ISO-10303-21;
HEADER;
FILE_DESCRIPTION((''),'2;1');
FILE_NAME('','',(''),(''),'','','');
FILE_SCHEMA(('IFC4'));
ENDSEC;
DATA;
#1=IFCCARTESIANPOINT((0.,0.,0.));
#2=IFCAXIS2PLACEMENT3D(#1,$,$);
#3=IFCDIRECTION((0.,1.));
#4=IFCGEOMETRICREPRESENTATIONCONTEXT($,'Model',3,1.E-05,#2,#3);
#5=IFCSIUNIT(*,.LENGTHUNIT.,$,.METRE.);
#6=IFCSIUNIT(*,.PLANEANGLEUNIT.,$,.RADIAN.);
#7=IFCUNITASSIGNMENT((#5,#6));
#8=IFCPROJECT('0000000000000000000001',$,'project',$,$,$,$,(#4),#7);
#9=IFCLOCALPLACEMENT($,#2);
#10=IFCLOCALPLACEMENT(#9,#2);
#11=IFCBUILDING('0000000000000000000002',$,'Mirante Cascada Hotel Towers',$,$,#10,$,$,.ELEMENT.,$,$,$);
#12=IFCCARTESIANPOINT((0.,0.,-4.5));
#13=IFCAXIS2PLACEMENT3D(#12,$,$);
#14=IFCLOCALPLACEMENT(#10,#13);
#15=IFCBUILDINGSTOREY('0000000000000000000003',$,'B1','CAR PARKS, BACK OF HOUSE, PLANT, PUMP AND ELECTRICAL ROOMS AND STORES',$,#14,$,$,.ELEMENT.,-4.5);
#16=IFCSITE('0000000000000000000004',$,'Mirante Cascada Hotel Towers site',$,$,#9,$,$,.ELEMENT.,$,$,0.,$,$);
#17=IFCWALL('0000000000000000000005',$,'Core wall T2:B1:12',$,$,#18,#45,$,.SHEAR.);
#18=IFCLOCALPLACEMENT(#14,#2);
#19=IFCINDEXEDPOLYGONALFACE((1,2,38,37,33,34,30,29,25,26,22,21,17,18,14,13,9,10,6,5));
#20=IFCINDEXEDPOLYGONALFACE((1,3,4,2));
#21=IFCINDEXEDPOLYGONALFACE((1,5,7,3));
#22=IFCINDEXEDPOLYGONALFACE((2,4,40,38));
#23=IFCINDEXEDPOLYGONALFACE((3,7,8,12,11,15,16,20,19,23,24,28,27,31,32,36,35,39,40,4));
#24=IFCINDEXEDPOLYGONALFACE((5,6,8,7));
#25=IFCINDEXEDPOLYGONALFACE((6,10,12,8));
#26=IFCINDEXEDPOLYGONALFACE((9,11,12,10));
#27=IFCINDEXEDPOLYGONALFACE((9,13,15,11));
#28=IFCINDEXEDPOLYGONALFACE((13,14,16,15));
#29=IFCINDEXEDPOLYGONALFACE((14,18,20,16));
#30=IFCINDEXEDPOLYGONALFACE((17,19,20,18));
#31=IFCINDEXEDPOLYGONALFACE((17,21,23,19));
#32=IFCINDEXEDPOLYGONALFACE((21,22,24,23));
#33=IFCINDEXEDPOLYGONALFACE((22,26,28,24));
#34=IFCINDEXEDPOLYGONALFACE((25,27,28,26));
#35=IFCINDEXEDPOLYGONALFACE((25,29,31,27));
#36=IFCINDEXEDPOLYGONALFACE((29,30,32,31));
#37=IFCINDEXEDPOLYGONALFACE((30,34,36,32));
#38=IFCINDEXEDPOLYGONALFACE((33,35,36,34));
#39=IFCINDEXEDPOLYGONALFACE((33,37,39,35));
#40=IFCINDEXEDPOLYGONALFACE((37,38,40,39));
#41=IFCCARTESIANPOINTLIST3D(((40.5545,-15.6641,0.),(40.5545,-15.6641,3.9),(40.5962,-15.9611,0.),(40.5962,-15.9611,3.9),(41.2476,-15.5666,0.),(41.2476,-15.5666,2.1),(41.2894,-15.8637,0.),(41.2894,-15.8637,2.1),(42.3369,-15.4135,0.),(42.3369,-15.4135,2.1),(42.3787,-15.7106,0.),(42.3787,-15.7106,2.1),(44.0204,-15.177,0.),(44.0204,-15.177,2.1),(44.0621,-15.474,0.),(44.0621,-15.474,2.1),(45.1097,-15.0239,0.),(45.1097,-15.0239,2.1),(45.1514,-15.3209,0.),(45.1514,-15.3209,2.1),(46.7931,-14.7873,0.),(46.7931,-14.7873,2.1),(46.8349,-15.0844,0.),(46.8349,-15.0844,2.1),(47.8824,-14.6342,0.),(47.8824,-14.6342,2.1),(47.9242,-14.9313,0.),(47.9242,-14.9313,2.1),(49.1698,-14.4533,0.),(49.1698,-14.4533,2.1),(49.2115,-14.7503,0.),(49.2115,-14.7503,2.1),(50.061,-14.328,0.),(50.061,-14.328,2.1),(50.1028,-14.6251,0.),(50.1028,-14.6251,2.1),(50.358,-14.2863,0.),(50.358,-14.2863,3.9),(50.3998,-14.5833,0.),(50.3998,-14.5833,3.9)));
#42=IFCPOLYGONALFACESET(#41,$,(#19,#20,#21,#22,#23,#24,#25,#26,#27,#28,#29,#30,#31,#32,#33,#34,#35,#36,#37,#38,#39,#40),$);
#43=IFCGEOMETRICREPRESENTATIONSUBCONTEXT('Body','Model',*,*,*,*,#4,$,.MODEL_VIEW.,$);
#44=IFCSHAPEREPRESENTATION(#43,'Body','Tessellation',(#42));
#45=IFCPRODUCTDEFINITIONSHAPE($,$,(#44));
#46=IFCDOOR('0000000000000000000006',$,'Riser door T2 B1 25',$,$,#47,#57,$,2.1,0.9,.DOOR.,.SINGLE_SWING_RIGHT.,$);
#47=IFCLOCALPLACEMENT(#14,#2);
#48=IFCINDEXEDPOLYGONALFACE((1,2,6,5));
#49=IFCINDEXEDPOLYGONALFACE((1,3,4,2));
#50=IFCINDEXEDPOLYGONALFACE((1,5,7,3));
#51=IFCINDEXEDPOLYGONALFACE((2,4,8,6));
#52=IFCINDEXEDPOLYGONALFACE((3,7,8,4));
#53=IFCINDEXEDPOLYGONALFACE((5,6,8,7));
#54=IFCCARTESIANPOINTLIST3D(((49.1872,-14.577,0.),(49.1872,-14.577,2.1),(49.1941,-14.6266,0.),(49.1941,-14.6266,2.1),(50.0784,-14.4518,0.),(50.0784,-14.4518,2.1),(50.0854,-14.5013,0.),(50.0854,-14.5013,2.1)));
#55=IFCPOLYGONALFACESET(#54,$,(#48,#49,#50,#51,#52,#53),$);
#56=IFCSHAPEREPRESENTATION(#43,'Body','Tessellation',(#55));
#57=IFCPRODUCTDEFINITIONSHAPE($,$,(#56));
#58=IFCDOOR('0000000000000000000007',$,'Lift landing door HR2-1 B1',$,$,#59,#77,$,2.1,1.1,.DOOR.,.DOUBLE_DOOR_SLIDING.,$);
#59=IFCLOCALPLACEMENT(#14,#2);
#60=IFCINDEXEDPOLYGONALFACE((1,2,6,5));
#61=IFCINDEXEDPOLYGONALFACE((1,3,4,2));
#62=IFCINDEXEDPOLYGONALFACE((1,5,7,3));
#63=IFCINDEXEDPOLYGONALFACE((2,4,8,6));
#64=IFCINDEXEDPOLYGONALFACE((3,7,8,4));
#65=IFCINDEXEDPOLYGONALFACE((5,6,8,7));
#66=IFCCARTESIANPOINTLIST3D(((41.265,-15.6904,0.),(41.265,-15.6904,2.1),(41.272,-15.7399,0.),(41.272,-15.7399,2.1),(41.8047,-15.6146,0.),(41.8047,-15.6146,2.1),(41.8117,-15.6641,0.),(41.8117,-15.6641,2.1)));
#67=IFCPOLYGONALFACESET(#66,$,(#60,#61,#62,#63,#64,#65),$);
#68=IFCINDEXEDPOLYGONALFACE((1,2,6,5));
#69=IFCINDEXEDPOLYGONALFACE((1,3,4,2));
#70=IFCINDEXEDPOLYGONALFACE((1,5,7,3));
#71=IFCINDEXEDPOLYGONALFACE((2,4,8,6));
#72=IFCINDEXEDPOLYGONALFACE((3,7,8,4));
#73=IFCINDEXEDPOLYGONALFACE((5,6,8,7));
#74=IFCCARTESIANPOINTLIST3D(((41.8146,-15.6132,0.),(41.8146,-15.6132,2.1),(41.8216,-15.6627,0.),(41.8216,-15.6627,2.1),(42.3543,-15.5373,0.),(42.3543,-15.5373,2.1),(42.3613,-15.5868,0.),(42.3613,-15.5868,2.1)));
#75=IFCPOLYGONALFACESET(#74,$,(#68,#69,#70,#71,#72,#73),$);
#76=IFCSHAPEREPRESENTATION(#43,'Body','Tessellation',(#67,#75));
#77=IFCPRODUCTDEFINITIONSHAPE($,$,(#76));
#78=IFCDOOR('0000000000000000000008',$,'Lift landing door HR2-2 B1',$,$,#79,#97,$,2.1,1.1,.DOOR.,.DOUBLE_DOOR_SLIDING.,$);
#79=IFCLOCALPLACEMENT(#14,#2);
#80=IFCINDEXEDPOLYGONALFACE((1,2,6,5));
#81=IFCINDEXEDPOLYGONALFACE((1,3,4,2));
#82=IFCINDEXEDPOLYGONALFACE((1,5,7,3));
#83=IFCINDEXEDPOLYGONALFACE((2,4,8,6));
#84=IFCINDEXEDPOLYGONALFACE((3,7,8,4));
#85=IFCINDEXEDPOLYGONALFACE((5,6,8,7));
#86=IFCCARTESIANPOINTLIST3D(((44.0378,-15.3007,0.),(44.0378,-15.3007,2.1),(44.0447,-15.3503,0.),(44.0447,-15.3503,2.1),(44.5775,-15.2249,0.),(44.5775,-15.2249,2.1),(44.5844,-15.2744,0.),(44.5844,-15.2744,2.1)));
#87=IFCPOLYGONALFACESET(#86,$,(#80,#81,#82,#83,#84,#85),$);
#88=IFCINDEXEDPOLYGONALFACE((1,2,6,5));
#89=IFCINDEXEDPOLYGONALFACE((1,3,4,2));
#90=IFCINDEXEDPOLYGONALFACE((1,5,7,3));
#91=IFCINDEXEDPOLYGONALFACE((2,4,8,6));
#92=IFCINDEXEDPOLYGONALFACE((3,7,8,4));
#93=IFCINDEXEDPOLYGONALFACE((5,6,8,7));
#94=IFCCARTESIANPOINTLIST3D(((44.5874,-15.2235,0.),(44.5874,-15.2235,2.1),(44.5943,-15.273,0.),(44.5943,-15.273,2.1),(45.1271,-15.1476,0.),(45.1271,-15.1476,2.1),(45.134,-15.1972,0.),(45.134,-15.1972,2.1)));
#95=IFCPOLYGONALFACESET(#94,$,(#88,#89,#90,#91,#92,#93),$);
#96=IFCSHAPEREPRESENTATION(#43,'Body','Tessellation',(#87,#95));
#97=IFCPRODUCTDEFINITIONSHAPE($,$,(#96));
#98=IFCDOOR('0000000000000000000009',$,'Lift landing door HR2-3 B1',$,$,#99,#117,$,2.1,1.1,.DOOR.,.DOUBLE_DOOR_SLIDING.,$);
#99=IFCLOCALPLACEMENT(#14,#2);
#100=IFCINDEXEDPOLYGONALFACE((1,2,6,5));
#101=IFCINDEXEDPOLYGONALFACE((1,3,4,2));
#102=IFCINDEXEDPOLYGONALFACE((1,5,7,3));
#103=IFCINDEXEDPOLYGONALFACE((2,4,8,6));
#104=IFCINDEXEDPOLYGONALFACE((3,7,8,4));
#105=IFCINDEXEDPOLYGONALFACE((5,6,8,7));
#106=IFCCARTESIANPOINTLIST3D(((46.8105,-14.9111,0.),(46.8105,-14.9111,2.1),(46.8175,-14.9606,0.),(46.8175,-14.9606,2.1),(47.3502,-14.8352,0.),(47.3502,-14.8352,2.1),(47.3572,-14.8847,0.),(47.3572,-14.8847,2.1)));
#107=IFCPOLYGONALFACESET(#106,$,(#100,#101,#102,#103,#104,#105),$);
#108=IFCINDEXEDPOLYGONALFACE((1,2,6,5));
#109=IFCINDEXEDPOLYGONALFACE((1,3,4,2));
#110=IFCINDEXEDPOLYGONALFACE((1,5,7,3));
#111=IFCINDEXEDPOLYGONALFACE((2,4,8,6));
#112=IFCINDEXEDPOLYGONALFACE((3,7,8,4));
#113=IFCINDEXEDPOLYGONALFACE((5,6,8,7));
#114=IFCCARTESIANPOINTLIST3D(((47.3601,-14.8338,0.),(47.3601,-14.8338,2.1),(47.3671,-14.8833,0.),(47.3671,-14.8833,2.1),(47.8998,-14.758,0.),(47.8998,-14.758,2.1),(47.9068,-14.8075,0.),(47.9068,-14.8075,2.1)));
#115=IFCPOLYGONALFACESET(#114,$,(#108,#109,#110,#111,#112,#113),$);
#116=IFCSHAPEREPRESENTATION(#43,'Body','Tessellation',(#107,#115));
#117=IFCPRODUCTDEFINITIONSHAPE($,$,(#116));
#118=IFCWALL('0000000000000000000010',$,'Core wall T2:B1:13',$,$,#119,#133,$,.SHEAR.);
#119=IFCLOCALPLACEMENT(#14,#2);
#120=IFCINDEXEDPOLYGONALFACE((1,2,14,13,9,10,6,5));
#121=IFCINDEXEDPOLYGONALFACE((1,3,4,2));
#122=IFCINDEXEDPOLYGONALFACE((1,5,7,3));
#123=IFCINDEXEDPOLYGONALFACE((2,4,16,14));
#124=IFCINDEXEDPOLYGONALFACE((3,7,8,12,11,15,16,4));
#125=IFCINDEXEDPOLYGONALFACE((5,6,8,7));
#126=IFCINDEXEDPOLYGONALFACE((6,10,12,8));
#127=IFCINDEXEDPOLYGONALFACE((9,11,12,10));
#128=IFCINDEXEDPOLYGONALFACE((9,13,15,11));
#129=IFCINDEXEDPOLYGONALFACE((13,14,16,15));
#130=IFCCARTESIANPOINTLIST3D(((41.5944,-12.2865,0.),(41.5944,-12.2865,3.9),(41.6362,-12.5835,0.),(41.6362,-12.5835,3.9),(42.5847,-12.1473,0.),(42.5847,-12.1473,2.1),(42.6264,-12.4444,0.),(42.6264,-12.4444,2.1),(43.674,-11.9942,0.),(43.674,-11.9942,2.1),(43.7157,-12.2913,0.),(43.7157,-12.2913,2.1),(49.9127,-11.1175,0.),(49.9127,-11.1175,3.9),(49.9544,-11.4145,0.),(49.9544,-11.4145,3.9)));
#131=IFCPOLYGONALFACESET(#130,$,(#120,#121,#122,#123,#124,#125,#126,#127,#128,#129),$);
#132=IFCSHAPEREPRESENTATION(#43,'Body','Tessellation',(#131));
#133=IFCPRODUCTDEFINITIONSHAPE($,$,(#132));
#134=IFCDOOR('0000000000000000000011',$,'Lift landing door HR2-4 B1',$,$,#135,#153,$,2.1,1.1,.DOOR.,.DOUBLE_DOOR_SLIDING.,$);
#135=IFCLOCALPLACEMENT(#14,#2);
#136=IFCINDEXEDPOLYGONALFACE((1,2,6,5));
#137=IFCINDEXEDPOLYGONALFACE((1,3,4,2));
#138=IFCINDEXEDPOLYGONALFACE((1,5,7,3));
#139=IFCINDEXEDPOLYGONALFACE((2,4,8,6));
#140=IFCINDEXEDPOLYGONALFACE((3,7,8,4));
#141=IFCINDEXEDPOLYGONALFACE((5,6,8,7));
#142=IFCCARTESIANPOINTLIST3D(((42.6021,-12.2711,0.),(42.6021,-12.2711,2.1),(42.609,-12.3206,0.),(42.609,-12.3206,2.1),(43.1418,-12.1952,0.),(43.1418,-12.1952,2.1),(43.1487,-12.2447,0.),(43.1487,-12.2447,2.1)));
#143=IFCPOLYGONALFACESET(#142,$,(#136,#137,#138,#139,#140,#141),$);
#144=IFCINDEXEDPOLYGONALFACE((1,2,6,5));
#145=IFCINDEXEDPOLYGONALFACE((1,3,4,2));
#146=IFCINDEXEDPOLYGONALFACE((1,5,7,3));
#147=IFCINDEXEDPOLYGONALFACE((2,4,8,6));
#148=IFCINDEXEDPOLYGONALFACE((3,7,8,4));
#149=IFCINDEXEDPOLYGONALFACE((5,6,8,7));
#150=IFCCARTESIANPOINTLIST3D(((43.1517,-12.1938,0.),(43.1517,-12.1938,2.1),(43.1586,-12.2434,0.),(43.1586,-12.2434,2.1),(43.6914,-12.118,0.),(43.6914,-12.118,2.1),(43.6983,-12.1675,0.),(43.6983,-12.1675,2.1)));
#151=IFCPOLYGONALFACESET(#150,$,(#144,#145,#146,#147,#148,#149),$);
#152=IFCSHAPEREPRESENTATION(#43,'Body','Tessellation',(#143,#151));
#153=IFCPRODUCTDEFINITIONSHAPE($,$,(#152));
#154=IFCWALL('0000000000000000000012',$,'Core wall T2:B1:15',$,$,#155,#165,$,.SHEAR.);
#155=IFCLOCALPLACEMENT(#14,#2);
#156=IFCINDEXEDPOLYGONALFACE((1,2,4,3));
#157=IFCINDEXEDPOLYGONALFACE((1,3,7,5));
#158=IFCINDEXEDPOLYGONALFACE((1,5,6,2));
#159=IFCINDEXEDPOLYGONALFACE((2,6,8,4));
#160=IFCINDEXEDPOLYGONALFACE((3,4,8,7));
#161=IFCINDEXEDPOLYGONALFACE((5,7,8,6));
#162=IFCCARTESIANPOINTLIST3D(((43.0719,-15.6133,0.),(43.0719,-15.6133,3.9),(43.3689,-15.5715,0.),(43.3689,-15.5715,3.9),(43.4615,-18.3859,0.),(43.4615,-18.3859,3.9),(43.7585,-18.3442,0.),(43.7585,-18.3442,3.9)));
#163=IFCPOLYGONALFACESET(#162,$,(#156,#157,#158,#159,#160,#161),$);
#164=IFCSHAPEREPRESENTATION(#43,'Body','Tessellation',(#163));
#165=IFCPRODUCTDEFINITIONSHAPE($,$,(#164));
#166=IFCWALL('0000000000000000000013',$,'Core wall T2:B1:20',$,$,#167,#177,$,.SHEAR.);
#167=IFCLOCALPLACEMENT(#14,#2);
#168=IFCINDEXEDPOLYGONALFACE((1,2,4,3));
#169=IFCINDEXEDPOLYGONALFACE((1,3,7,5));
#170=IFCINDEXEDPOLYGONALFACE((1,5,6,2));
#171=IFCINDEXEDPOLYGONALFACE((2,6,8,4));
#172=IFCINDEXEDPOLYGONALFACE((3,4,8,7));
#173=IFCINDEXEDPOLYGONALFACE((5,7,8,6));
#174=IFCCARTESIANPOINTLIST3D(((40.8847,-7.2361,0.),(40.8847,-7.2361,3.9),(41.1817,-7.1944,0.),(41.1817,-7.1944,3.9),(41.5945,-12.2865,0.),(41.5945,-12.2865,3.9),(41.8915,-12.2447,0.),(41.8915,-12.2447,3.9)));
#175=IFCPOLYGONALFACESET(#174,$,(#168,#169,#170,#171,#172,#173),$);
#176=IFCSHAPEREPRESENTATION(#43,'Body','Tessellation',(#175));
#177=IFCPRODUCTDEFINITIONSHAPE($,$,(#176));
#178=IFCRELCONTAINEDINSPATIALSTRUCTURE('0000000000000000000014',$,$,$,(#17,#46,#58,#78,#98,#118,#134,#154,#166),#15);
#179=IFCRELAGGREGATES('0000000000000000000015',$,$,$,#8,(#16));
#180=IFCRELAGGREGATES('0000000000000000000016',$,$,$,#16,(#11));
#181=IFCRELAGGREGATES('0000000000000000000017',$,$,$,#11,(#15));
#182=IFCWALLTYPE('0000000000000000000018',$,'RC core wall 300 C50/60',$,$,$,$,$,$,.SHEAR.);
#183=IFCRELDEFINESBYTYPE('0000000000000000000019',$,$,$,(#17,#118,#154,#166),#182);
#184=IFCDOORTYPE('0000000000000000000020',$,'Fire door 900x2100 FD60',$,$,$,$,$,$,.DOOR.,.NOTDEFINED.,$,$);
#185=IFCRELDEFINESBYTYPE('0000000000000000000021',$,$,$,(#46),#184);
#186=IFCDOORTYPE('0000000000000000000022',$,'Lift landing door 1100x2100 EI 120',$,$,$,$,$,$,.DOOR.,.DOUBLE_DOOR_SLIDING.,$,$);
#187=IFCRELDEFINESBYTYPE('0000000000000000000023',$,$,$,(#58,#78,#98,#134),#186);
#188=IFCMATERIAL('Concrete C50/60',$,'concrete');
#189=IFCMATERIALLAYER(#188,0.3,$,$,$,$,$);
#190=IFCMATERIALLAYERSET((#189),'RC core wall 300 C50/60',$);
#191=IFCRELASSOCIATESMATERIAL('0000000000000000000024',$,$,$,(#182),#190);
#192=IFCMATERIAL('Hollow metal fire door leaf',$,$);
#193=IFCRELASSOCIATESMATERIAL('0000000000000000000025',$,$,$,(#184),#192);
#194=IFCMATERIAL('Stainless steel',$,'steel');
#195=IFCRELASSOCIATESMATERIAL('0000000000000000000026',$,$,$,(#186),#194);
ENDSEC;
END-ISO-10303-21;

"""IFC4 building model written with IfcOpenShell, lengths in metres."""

from ifc_helpers import new_model, si_unit, direction, frame, frame_2d, origin, place, context, subcontext, project, spatial, rectangle, extrude, material, layer, layer_set, type_object, element, fill, save


model = new_model("IFC4")

# Units and contexts
model_context = context("Model", 3, precision=1e-05, world=origin(), true_north=direction((0.0, 1.0)))
body_context = subcontext(model_context, "Body", "Model", "MODEL_VIEW")
ifc_project = project(units=[si_unit("LENGTHUNIT", "METRE"), si_unit("PLANEANGLEUNIT", "RADIAN")], contexts=[model_context])

# Site, building, storey
site_placement = place(None, origin())
site = spatial("IfcSite", under=ifc_project, at=site_placement, Name="Mirante Cascada Hotel Towers site", CompositionType="ELEMENT", RefElevation=0.0)
building_placement = place(site_placement, origin())
building = spatial("IfcBuilding", under=site, at=building_placement, Name="Mirante Cascada Hotel Towers", CompositionType="ELEMENT")
storey_placement = place(building_placement, frame((0.0, 0.0, -4.5)))
storey = spatial("IfcBuildingStorey", under=building, at=storey_placement, Name="B1", Description="CAR PARKS, BACK OF HOUSE, PLANT, PUMP AND ELECTRICAL ROOMS AND STORES", CompositionType="ELEMENT", Elevation=-4.5)

# Shared definitions
ifc_material_1 = material(Name="Concrete C50/60", Category="concrete")
ifc_layer_1 = layer(ifc_material_1, 0.3)
ifc_layer_set_1 = layer_set([ifc_layer_1], Name="RC core wall 300 C50/60")
wall_type_1 = type_object("IfcWallType", Name="RC core wall 300 C50/60", PredefinedType="SHEAR", material=ifc_layer_set_1)

# Wall, openings, doors
wall_1_placement = place(storey_placement, frame((40.5753, -15.8126, 0.0), z_axis=(0.0, 0.0, 1.0), x_axis=(0.990268, 0.139173, 0.0)))
wall_1 = element("IfcWall", 1, at=wall_1_placement, inside=storey, type_object=wall_type_1, Name="Core wall T2:B1:12", PredefinedType="SHEAR", context=body_context, shape_type="SweptSolid", body=[
    extrude(rectangle(XDim=9.8999, YDim=0.3, at=frame_2d((4.95, 0.0))), origin(), (0.0, 0.0, 1.0), 3.9),
])
opening_1_placement = place(wall_1_placement, frame((0.7, 0.0, 0.0)))
opening_1 = element("IfcOpeningElement", 2, at=opening_1_placement, cuts=wall_1, PredefinedType="OPENING", context=body_context, shape_type="SweptSolid", body=[
    extrude(rectangle(XDim=1.1, YDim=2.1, at=frame_2d((0.55, 1.05))), frame((0.0, 0.15, 0.0), z_axis=(0.0, -1.0, 0.0), x_axis=(1.0, 0.0, 0.0)), (0.0, 0.0, 1.0), 0.3),
])
opening_2_placement = place(wall_1_placement, frame((3.5, 0.0, 0.0)))
opening_2 = element("IfcOpeningElement", 3, at=opening_2_placement, cuts=wall_1, PredefinedType="OPENING", context=body_context, shape_type="SweptSolid", body=[
    extrude(rectangle(XDim=1.1, YDim=2.1, at=frame_2d((0.55, 1.05))), frame((0.0, 0.15, 0.0), z_axis=(0.0, -1.0, 0.0), x_axis=(1.0, 0.0, 0.0)), (0.0, 0.0, 1.0), 0.3),
])
opening_3_placement = place(wall_1_placement, frame((6.3, 0.0, 0.0)))
opening_3 = element("IfcOpeningElement", 4, at=opening_3_placement, cuts=wall_1, PredefinedType="OPENING", context=body_context, shape_type="SweptSolid", body=[
    extrude(rectangle(XDim=1.1, YDim=2.1, at=frame_2d((0.55, 1.05))), frame((0.0, 0.15, 0.0), z_axis=(0.0, -1.0, 0.0), x_axis=(1.0, 0.0, 0.0)), (0.0, 0.0, 1.0), 0.3),
])
opening_4_placement = place(wall_1_placement, frame((8.7, 0.0, 0.0)))
opening_4 = element("IfcOpeningElement", 5, at=opening_4_placement, cuts=wall_1, PredefinedType="OPENING", context=body_context, shape_type="SweptSolid", body=[
    extrude(rectangle(XDim=0.9, YDim=2.1, at=frame_2d((0.45, 1.05))), frame((0.0, 0.15, 0.0), z_axis=(0.0, -1.0, 0.0), x_axis=(1.0, 0.0, 0.0)), (0.0, 0.0, 1.0), 0.3),
])
ifc_material_2 = material(Name="Hollow metal fire door leaf")
door_type_1 = type_object("IfcDoorType", Name="Fire door 900x2100 FD60", OperationType="NOTDEFINED", PredefinedType="DOOR", material=ifc_material_2)
door_1_placement = place(opening_4_placement, frame((0.9, 0.0, 0.0), z_axis=(0.0, 0.0, 1.0), x_axis=(-1.0, 0.0, 0.0)))
door_1 = element("IfcDoor", 6, at=door_1_placement, inside=storey, type_object=door_type_1, Name="Riser door T2 B1 25", OperationType="SINGLE_SWING_RIGHT", OverallHeight=2.1, OverallWidth=0.9, PredefinedType="DOOR", context=body_context, shape_type="SweptSolid", body=[
    extrude(rectangle(XDim=0.9, YDim=2.1, at=frame_2d((0.45, 1.05))), frame((0.0, 0.025, 0.0), z_axis=(0.0, -1.0, 0.0), x_axis=(1.0, 0.0, 0.0)), (0.0, 0.0, 1.0), 0.05),
])
fill(opening_4, door_1)
ifc_material_3 = material(Name="Stainless steel", Category="steel")
door_type_2 = type_object("IfcDoorType", Name="Lift landing door 1100x2100 EI 120", OperationType="DOUBLE_DOOR_SLIDING", PredefinedType="DOOR", material=ifc_material_3)
door_2_placement = place(opening_1_placement, origin())
door_2 = element("IfcDoor", 7, at=door_2_placement, inside=storey, type_object=door_type_2, Name="Lift landing door HR2-1 B1", OperationType="DOUBLE_DOOR_SLIDING", OverallHeight=2.1, OverallWidth=1.1, PredefinedType="DOOR", context=body_context, shape_type="SweptSolid", body=[
    extrude(rectangle(XDim=0.545, YDim=2.1, at=frame_2d((0.2725, 1.05))), frame((0.0, 0.025, 0.0), z_axis=(0.0, -1.0, 0.0), x_axis=(1.0, 0.0, 0.0)), (0.0, 0.0, 1.0), 0.05),
    extrude(rectangle(XDim=0.545, YDim=2.1, at=frame_2d((0.8275, 1.05))), frame((0.0, 0.025, 0.0), z_axis=(0.0, -1.0, 0.0), x_axis=(1.0, 0.0, 0.0)), (0.0, 0.0, 1.0), 0.05),
])
fill(opening_1, door_2)
door_3_placement = place(opening_2_placement, origin())
door_3 = element("IfcDoor", 8, at=door_3_placement, inside=storey, type_object=door_type_2, Name="Lift landing door HR2-2 B1", OperationType="DOUBLE_DOOR_SLIDING", OverallHeight=2.1, OverallWidth=1.1, PredefinedType="DOOR", context=body_context, shape_type="SweptSolid", body=[
    extrude(rectangle(XDim=0.545, YDim=2.1, at=frame_2d((0.2725, 1.05))), frame((0.0, 0.025, 0.0), z_axis=(0.0, -1.0, 0.0), x_axis=(1.0, 0.0, 0.0)), (0.0, 0.0, 1.0), 0.05),
    extrude(rectangle(XDim=0.545, YDim=2.1, at=frame_2d((0.8275, 1.05))), frame((0.0, 0.025, 0.0), z_axis=(0.0, -1.0, 0.0), x_axis=(1.0, 0.0, 0.0)), (0.0, 0.0, 1.0), 0.05),
])
fill(opening_2, door_3)
door_4_placement = place(opening_3_placement, origin())
door_4 = element("IfcDoor", 9, at=door_4_placement, inside=storey, type_object=door_type_2, Name="Lift landing door HR2-3 B1", OperationType="DOUBLE_DOOR_SLIDING", OverallHeight=2.1, OverallWidth=1.1, PredefinedType="DOOR", context=body_context, shape_type="SweptSolid", body=[
    extrude(rectangle(XDim=0.545, YDim=2.1, at=frame_2d((0.2725, 1.05))), frame((0.0, 0.025, 0.0), z_axis=(0.0, -1.0, 0.0), x_axis=(1.0, 0.0, 0.0)), (0.0, 0.0, 1.0), 0.05),
    extrude(rectangle(XDim=0.545, YDim=2.1, at=frame_2d((0.8275, 1.05))), frame((0.0, 0.025, 0.0), z_axis=(0.0, -1.0, 0.0), x_axis=(1.0, 0.0, 0.0)), (0.0, 0.0, 1.0), 0.05),
])
fill(opening_3, door_4)

# Wall, opening, door
wall_2_placement = place(storey_placement, frame((41.6153, -12.435, 0.0), z_axis=(0.0, 0.0, 1.0), x_axis=(0.990269, 0.139166, 0.0)))
wall_2 = element("IfcWall", 10, at=wall_2_placement, inside=storey, type_object=wall_type_1, Name="Core wall T2:B1:13", PredefinedType="SHEAR", context=body_context, shape_type="SweptSolid", body=[
    extrude(rectangle(XDim=8.4, YDim=0.3, at=frame_2d((4.2, 0.0))), origin(), (0.0, 0.0, 1.0), 3.9),
])
opening_5_placement = place(wall_2_placement, frame((1.0, 0.0, 0.0)))
opening_5 = element("IfcOpeningElement", 11, at=opening_5_placement, cuts=wall_2, PredefinedType="OPENING", context=body_context, shape_type="SweptSolid", body=[
    extrude(rectangle(XDim=1.1, YDim=2.1, at=frame_2d((0.55, 1.05))), frame((0.0, 0.15, 0.0), z_axis=(0.0, -1.0, 0.0), x_axis=(1.0, 0.0, 0.0)), (0.0, 0.0, 1.0), 0.3),
])
door_5_placement = place(opening_5_placement, origin())
door_5 = element("IfcDoor", 12, at=door_5_placement, inside=storey, type_object=door_type_2, Name="Lift landing door HR2-4 B1", OperationType="DOUBLE_DOOR_SLIDING", OverallHeight=2.1, OverallWidth=1.1, PredefinedType="DOOR", context=body_context, shape_type="SweptSolid", body=[
    extrude(rectangle(XDim=0.545, YDim=2.1, at=frame_2d((0.2725, 1.05))), frame((0.0, 0.025, 0.0), z_axis=(0.0, -1.0, 0.0), x_axis=(1.0, 0.0, 0.0)), (0.0, 0.0, 1.0), 0.05),
    extrude(rectangle(XDim=0.545, YDim=2.1, at=frame_2d((0.8275, 1.05))), frame((0.0, 0.025, 0.0), z_axis=(0.0, -1.0, 0.0), x_axis=(1.0, 0.0, 0.0)), (0.0, 0.0, 1.0), 0.05),
])
fill(opening_5, door_5)

# Walls
wall_3_placement = place(storey_placement, frame((43.61, -18.3651, 0.0), z_axis=(0.0, 0.0, 1.0), x_axis=(-0.139146, 0.990272, 0.0)))
element("IfcWall", 13, at=wall_3_placement, inside=storey, type_object=wall_type_1, Name="Core wall T2:B1:15", PredefinedType="SHEAR", context=body_context, shape_type="SweptSolid", body=[
    extrude(rectangle(XDim=2.7999, YDim=0.3, at=frame_2d((1.4, 0.0))), origin(), (0.0, 0.0, 1.0), 3.9),
])
wall_4_placement = place(storey_placement, frame((41.743, -12.2656, 0.0), z_axis=(0.0, 0.0, 1.0), x_axis=(-0.139176, 0.990268, 0.0)))
element("IfcWall", 14, at=wall_4_placement, inside=storey, type_object=wall_type_1, Name="Core wall T2:B1:20", PredefinedType="SHEAR", context=body_context, shape_type="SweptSolid", body=[
    extrude(rectangle(XDim=5.1, YDim=0.3, at=frame_2d((2.55, 0.0))), origin(), (0.0, 0.0, 1.0), 3.9),
])

save(model, "model.ifc")
